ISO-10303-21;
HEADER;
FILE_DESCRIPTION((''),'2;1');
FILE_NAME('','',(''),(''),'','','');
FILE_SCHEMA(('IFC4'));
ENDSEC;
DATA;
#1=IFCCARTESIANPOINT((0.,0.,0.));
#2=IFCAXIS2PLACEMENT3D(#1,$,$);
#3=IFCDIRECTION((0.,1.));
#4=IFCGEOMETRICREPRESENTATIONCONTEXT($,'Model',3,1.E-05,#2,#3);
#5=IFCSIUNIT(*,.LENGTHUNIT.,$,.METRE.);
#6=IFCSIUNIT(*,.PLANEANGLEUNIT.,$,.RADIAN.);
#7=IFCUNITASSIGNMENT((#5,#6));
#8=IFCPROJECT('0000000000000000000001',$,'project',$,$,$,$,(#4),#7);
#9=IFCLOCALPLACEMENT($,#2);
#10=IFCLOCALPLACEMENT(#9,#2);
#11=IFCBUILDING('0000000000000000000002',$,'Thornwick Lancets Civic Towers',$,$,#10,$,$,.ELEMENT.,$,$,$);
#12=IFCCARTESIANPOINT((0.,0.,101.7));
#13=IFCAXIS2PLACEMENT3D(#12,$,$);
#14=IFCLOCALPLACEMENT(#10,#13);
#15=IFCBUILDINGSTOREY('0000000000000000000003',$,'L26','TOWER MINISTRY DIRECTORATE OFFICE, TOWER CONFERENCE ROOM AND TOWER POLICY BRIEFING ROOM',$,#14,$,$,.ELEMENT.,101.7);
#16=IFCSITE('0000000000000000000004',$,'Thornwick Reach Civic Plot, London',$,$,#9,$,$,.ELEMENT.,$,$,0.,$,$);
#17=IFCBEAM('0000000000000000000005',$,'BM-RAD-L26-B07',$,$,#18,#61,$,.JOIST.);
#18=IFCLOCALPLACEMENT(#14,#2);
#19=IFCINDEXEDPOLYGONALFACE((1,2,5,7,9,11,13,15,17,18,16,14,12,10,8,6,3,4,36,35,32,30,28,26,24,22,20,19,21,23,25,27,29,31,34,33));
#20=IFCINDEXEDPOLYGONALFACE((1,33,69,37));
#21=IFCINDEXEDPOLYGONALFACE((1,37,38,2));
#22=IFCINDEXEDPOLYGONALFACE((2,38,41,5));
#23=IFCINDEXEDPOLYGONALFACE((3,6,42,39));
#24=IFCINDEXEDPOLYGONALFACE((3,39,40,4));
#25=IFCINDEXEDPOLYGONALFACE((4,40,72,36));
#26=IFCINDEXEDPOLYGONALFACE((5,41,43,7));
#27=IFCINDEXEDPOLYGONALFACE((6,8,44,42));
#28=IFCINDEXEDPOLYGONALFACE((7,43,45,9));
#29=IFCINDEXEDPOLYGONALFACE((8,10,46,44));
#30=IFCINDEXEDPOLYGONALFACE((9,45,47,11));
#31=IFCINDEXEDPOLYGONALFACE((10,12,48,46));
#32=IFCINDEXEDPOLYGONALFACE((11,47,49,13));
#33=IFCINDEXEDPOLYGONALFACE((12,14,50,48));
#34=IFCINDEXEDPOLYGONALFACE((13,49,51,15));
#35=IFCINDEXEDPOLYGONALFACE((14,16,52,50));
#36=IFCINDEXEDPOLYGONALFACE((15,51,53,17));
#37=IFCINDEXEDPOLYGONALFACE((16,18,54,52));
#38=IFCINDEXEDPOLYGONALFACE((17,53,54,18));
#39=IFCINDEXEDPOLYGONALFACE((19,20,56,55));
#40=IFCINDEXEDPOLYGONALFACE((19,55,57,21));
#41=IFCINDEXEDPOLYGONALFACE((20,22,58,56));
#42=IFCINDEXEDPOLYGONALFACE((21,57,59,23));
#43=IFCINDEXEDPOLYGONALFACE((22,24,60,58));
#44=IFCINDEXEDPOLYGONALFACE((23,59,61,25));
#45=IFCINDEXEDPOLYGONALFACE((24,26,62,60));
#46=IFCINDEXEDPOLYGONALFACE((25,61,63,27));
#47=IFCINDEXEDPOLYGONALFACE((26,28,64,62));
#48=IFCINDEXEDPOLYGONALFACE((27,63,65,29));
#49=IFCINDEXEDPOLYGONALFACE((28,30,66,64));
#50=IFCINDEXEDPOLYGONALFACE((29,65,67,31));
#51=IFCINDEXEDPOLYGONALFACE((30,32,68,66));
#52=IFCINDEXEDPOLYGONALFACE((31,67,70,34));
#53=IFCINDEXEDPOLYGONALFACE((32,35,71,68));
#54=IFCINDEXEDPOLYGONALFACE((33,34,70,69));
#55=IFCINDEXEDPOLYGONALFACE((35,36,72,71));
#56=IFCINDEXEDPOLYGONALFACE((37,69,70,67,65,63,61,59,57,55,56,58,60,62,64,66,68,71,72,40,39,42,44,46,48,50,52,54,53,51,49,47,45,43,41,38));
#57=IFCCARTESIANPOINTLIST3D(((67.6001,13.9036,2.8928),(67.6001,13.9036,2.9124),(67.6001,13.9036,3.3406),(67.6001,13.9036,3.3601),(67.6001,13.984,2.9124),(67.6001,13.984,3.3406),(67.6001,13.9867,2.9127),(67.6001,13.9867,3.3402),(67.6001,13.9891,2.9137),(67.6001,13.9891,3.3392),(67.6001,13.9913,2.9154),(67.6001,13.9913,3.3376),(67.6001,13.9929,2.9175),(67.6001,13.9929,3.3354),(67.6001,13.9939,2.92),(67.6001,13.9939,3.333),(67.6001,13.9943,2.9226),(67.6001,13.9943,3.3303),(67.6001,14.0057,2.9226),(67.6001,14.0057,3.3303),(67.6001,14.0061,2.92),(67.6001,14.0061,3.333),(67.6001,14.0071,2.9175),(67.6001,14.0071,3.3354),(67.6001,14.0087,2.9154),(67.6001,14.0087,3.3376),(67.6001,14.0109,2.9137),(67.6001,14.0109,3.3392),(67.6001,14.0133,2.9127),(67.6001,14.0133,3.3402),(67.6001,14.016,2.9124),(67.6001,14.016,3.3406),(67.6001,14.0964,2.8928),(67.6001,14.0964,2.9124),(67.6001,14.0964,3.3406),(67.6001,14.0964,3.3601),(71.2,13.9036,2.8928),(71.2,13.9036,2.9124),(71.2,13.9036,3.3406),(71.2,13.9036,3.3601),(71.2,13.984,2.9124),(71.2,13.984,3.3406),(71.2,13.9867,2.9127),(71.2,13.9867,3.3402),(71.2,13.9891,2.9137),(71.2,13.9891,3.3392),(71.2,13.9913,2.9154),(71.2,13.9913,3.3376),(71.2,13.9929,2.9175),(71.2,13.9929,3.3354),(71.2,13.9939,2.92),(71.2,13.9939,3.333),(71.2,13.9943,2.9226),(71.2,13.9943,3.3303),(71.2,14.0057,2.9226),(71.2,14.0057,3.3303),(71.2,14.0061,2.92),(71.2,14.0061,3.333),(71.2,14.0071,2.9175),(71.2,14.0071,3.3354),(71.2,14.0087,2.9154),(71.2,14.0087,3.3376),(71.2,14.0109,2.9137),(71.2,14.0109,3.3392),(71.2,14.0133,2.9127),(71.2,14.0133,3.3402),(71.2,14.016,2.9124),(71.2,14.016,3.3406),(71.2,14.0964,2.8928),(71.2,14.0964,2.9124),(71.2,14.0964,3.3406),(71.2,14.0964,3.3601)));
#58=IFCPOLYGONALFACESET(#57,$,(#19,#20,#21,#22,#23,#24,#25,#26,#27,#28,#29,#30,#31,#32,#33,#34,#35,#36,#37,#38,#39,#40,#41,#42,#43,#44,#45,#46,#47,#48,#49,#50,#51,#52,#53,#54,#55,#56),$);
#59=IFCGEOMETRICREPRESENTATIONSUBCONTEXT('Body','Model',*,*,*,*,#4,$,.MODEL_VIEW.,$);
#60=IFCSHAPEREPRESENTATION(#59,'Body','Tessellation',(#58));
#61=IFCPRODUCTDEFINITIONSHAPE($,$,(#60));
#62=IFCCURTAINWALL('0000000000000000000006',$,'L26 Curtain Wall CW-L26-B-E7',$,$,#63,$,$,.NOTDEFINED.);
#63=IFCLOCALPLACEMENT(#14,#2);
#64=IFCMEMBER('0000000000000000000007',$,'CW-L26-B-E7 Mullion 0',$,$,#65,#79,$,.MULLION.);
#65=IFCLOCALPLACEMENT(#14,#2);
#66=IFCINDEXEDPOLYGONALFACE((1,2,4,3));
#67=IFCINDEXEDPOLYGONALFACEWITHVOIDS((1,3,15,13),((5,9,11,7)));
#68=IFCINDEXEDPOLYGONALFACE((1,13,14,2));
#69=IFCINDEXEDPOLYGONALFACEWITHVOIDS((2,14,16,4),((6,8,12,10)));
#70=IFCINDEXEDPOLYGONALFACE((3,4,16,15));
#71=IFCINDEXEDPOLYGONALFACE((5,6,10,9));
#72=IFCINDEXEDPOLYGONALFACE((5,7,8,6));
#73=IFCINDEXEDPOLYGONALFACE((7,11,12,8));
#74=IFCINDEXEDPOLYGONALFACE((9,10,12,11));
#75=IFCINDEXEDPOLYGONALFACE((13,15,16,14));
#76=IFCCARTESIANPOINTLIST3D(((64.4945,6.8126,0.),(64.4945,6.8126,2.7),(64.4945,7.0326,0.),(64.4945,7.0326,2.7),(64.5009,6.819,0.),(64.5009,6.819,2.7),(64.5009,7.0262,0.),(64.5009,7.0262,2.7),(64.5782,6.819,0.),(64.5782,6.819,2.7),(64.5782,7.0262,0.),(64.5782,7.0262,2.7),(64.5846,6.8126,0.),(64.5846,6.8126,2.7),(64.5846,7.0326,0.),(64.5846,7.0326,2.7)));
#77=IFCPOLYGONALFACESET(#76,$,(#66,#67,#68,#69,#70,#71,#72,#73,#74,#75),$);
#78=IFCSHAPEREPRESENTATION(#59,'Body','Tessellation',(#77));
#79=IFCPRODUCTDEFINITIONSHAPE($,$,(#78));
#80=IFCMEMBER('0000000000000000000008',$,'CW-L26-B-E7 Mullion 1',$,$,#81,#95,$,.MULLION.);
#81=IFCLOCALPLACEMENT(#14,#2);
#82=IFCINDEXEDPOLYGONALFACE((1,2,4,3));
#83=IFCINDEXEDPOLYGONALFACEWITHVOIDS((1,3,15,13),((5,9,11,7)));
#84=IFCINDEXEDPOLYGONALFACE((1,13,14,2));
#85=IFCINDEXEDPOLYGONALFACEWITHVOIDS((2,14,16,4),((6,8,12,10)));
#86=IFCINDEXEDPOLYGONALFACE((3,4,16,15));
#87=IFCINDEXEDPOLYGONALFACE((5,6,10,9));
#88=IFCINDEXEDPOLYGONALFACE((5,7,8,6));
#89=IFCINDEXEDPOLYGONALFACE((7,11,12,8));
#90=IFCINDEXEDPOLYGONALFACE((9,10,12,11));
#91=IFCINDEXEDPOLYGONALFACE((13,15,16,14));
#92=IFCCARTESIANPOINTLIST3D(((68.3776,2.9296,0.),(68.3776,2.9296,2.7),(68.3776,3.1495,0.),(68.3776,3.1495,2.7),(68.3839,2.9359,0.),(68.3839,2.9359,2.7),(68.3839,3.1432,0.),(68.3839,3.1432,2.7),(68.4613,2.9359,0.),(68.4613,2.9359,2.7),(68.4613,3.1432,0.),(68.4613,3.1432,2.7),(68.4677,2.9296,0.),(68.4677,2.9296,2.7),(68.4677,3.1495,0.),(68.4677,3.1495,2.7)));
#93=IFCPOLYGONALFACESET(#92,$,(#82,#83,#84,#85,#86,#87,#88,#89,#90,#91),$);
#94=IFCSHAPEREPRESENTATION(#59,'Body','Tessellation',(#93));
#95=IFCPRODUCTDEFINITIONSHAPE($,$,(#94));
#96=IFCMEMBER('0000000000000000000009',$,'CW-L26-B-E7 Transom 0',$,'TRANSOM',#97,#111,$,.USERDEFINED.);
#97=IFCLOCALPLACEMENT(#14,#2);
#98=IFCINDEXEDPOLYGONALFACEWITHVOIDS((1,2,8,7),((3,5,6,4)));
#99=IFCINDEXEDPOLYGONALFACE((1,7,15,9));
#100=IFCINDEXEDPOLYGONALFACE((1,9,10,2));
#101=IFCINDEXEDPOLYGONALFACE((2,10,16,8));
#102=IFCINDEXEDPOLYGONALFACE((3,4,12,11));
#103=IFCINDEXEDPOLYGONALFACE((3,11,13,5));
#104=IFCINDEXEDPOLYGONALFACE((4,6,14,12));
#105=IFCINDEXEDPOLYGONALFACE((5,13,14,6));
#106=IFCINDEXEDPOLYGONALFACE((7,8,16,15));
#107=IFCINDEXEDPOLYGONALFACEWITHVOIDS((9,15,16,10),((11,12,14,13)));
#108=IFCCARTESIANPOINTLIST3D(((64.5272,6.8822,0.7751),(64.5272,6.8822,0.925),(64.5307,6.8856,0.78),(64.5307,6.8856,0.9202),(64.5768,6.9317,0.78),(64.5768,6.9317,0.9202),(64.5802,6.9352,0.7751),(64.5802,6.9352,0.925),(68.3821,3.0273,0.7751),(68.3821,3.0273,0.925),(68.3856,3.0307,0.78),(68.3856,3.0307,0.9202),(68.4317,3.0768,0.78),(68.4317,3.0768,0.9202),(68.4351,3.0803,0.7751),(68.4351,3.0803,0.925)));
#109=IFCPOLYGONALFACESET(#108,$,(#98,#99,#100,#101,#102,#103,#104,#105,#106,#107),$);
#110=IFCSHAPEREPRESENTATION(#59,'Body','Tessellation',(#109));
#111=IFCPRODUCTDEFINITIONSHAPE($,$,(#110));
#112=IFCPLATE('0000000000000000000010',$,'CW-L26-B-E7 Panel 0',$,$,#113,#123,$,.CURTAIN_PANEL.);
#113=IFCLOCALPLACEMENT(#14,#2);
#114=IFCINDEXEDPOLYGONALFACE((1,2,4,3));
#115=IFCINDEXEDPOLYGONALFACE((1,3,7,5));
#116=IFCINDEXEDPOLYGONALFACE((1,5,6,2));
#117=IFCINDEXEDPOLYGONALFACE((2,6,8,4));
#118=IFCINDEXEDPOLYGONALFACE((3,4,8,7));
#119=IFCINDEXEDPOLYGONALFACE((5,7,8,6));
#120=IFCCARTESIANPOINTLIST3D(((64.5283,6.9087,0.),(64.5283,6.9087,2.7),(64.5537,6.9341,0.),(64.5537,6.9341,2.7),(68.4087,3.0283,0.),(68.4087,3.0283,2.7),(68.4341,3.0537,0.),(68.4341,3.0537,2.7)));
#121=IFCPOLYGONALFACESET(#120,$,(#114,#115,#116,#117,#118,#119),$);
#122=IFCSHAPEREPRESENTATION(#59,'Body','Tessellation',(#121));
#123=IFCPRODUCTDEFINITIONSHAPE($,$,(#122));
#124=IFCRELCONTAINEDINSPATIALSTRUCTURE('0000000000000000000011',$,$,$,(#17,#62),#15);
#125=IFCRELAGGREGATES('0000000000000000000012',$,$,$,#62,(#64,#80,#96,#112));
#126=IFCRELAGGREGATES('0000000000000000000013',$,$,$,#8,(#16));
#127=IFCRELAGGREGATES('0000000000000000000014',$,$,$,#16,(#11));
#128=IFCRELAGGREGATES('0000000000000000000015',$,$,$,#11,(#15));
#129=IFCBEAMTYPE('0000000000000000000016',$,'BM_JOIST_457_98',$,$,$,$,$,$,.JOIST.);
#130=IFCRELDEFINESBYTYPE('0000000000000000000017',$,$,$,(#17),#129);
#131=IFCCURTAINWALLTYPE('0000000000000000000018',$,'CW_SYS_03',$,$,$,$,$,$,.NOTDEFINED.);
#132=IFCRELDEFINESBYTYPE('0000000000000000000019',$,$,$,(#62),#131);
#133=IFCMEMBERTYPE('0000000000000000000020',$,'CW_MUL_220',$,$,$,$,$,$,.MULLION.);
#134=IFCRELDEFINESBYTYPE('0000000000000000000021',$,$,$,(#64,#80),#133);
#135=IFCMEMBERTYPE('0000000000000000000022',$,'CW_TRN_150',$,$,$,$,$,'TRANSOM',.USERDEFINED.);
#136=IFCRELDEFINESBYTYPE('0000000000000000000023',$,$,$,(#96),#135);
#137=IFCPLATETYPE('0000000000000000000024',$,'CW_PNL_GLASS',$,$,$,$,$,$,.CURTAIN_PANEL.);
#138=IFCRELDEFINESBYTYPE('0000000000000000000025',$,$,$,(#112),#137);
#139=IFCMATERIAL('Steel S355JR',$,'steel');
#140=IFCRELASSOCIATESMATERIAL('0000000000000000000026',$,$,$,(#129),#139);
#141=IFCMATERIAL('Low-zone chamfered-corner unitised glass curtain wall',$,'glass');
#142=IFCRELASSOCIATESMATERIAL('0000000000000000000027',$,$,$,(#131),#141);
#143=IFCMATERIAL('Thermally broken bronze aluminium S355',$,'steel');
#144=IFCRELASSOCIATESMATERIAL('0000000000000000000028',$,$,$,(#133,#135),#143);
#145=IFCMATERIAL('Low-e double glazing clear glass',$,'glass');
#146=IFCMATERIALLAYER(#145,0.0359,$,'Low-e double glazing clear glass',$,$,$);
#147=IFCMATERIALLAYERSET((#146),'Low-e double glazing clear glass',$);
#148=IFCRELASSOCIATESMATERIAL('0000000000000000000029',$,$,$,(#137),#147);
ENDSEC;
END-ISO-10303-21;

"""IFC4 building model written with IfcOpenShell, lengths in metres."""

from ifc_helpers import new_model, si_unit, direction, frame, origin, origin_2d, place, context, subcontext, project, spatial, rectangle, hollow_rectangle, i_section, extrude, material, layer, layer_set, material_profile, profile_set, type_object, element, aggregate, save


model = new_model("IFC4")

# Units and contexts
model_context = context("Model", 3, precision=1e-05, world=origin(), true_north=direction((0.0, 1.0)))
body_context = subcontext(model_context, "Body", "Model", "MODEL_VIEW")
ifc_project = project(units=[si_unit("LENGTHUNIT", "METRE"), si_unit("PLANEANGLEUNIT", "RADIAN")], contexts=[model_context])

# Site, building, storey
site_placement = place(None, origin())
site = spatial("IfcSite", under=ifc_project, at=site_placement, Name="Thornwick Reach Civic Plot, London", CompositionType="ELEMENT", RefElevation=0.0)
building_placement = place(site_placement, origin())
building = spatial("IfcBuilding", under=site, at=building_placement, Name="Thornwick Lancets Civic Towers", CompositionType="ELEMENT")
storey_placement = place(building_placement, frame((0.0, 0.0, 101.7)))
storey = spatial("IfcBuildingStorey", under=building, at=storey_placement, Name="L26", Description="TOWER MINISTRY DIRECTORATE OFFICE, TOWER CONFERENCE ROOM AND TOWER POLICY BRIEFING ROOM", CompositionType="ELEMENT", Elevation=101.7)

# Beam
ifc_material_1 = material(Name="Steel S355JR", Category="steel")
ifc_material_profile_1 = material_profile(ifc_material_1, i_section(OverallWidth=0.1929, OverallDepth=0.4673, WebThickness=0.0115, FlangeThickness=0.0195, FilletRadius=0.0103, at=origin_2d()), Name="UKB 457x191x98")
ifc_profile_set_1 = profile_set([ifc_material_profile_1], Name="Steel S355JR")
beam_type_1 = type_object("IfcBeamType", Name="BM_JOIST_457_98", PredefinedType="JOIST", material=ifc_profile_set_1)
beam_1_placement = place(storey_placement, frame((71.2, 14.0, 3.1265), z_axis=(-1.0, 0.0, 0.0), x_axis=(0.0, -1.0, 0.0)))
element("IfcBeam", 1, at=beam_1_placement, inside=storey, type_object=beam_type_1, Name="BM-RAD-L26-B07", PredefinedType="JOIST", context=body_context, shape_type="SweptSolid", body=[
    extrude(i_section(OverallWidth=0.1929, OverallDepth=0.4673, WebThickness=0.0115, FlangeThickness=0.0195, FilletRadius=0.0103, at=origin_2d()), origin(), (0.0, 0.0, 1.0), 3.5999),
])

# Curtain wall, members, plate
ifc_material_2 = material(Name="Low-zone chamfered-corner unitised glass curtain wall", Category="glass")
curtain_wall_type = type_object("IfcCurtainWallType", Name="CW_SYS_03", PredefinedType="NOTDEFINED", material=ifc_material_2)
curtain_wall_placement = place(storey_placement, origin())
curtain_wall = element("IfcCurtainWall", 2, at=curtain_wall_placement, inside=storey, type_object=curtain_wall_type, Name="L26 Curtain Wall CW-L26-B-E7", PredefinedType="NOTDEFINED")
ifc_material_3 = material(Name="Thermally broken bronze aluminium S355", Category="steel")
ifc_material_profile_2 = material_profile(ifc_material_3, hollow_rectangle(XDim=0.0901, YDim=0.22, WallThickness=0.0063, at=origin_2d()), Name="RHS 220x90x6.3")
ifc_profile_set_2 = profile_set([ifc_material_profile_2], Name="Thermally broken bronze aluminium S355")
member_type_1 = type_object("IfcMemberType", Name="CW_MUL_220", PredefinedType="MULLION", material=ifc_profile_set_2)
member_1_placement = place(storey_placement, frame((64.5396, 6.9226, 0.0), z_axis=(0.0, 0.0, 1.0), x_axis=(1.0, 0.0, 0.0)))
member_1 = element("IfcMember", 3, at=member_1_placement, type_object=member_type_1, Name="CW-L26-B-E7 Mullion 0", PredefinedType="MULLION", context=body_context, shape_type="SweptSolid", body=[
    extrude(hollow_rectangle(XDim=0.0901, YDim=0.22, WallThickness=0.0063, at=origin_2d()), origin(), (0.0, 0.0, 1.0), 2.7),
])
member_2_placement = place(storey_placement, frame((68.4226, 3.0396, 0.0), z_axis=(0.0, 0.0, 1.0), x_axis=(1.0, 0.0, 0.0)))
member_2 = element("IfcMember", 4, at=member_2_placement, type_object=member_type_1, Name="CW-L26-B-E7 Mullion 1", PredefinedType="MULLION", context=body_context, shape_type="SweptSolid", body=[
    extrude(hollow_rectangle(XDim=0.0901, YDim=0.22, WallThickness=0.0063, at=origin_2d()), origin(), (0.0, 0.0, 1.0), 2.7),
])
ifc_material_profile_3 = material_profile(ifc_material_3, hollow_rectangle(XDim=0.075, YDim=0.1499, WallThickness=0.0049, at=origin_2d()), Name="RHS 150x75x5")
ifc_profile_set_3 = profile_set([ifc_material_profile_3], Name="Thermally broken bronze aluminium S355")
member_type_2 = type_object("IfcMemberType", Name="CW_TRN_150", ElementType="TRANSOM", PredefinedType="USERDEFINED", material=ifc_profile_set_3)
member_3_placement = place(storey_placement, frame((64.5537, 6.9087, 0.8501), z_axis=(0.707107, -0.707107, 0.0), x_axis=(0.707107, 0.707107, 0.0)))
member_3 = element("IfcMember", 5, at=member_3_placement, type_object=member_type_2, Name="CW-L26-B-E7 Transom 0", ObjectType="TRANSOM", PredefinedType="USERDEFINED", context=body_context, shape_type="SweptSolid", body=[
    extrude(hollow_rectangle(XDim=0.075, YDim=0.1499, WallThickness=0.0049, at=origin_2d()), origin(), (0.0, 0.0, 1.0), 5.4517),
])
ifc_material_4 = material(Name="Low-e double glazing clear glass", Category="glass")
ifc_layer_1 = layer(ifc_material_4, 0.0359, Name="Low-e double glazing clear glass")
ifc_layer_set_1 = layer_set([ifc_layer_1], Name="Low-e double glazing clear glass")
plate_type = type_object("IfcPlateType", Name="CW_PNL_GLASS", PredefinedType="CURTAIN_PANEL", material=ifc_layer_set_1)
plate_placement = place(storey_placement, frame((66.4812, 4.9812, 0.0), z_axis=(0.0, 0.0, 1.0), x_axis=(0.707107, -0.707107, 0.0)))
plate = element("IfcPlate", 6, at=plate_placement, type_object=plate_type, Name="CW-L26-B-E7 Panel 0", PredefinedType="CURTAIN_PANEL", context=body_context, shape_type="SweptSolid", body=[
    extrude(rectangle(XDim=5.4878, YDim=0.0359, at=origin_2d()), origin(), (0.0, 0.0, 1.0), 2.7),
])
aggregate(curtain_wall, [member_1, member_2, member_3, plate])

save(model, "model.ifc")
